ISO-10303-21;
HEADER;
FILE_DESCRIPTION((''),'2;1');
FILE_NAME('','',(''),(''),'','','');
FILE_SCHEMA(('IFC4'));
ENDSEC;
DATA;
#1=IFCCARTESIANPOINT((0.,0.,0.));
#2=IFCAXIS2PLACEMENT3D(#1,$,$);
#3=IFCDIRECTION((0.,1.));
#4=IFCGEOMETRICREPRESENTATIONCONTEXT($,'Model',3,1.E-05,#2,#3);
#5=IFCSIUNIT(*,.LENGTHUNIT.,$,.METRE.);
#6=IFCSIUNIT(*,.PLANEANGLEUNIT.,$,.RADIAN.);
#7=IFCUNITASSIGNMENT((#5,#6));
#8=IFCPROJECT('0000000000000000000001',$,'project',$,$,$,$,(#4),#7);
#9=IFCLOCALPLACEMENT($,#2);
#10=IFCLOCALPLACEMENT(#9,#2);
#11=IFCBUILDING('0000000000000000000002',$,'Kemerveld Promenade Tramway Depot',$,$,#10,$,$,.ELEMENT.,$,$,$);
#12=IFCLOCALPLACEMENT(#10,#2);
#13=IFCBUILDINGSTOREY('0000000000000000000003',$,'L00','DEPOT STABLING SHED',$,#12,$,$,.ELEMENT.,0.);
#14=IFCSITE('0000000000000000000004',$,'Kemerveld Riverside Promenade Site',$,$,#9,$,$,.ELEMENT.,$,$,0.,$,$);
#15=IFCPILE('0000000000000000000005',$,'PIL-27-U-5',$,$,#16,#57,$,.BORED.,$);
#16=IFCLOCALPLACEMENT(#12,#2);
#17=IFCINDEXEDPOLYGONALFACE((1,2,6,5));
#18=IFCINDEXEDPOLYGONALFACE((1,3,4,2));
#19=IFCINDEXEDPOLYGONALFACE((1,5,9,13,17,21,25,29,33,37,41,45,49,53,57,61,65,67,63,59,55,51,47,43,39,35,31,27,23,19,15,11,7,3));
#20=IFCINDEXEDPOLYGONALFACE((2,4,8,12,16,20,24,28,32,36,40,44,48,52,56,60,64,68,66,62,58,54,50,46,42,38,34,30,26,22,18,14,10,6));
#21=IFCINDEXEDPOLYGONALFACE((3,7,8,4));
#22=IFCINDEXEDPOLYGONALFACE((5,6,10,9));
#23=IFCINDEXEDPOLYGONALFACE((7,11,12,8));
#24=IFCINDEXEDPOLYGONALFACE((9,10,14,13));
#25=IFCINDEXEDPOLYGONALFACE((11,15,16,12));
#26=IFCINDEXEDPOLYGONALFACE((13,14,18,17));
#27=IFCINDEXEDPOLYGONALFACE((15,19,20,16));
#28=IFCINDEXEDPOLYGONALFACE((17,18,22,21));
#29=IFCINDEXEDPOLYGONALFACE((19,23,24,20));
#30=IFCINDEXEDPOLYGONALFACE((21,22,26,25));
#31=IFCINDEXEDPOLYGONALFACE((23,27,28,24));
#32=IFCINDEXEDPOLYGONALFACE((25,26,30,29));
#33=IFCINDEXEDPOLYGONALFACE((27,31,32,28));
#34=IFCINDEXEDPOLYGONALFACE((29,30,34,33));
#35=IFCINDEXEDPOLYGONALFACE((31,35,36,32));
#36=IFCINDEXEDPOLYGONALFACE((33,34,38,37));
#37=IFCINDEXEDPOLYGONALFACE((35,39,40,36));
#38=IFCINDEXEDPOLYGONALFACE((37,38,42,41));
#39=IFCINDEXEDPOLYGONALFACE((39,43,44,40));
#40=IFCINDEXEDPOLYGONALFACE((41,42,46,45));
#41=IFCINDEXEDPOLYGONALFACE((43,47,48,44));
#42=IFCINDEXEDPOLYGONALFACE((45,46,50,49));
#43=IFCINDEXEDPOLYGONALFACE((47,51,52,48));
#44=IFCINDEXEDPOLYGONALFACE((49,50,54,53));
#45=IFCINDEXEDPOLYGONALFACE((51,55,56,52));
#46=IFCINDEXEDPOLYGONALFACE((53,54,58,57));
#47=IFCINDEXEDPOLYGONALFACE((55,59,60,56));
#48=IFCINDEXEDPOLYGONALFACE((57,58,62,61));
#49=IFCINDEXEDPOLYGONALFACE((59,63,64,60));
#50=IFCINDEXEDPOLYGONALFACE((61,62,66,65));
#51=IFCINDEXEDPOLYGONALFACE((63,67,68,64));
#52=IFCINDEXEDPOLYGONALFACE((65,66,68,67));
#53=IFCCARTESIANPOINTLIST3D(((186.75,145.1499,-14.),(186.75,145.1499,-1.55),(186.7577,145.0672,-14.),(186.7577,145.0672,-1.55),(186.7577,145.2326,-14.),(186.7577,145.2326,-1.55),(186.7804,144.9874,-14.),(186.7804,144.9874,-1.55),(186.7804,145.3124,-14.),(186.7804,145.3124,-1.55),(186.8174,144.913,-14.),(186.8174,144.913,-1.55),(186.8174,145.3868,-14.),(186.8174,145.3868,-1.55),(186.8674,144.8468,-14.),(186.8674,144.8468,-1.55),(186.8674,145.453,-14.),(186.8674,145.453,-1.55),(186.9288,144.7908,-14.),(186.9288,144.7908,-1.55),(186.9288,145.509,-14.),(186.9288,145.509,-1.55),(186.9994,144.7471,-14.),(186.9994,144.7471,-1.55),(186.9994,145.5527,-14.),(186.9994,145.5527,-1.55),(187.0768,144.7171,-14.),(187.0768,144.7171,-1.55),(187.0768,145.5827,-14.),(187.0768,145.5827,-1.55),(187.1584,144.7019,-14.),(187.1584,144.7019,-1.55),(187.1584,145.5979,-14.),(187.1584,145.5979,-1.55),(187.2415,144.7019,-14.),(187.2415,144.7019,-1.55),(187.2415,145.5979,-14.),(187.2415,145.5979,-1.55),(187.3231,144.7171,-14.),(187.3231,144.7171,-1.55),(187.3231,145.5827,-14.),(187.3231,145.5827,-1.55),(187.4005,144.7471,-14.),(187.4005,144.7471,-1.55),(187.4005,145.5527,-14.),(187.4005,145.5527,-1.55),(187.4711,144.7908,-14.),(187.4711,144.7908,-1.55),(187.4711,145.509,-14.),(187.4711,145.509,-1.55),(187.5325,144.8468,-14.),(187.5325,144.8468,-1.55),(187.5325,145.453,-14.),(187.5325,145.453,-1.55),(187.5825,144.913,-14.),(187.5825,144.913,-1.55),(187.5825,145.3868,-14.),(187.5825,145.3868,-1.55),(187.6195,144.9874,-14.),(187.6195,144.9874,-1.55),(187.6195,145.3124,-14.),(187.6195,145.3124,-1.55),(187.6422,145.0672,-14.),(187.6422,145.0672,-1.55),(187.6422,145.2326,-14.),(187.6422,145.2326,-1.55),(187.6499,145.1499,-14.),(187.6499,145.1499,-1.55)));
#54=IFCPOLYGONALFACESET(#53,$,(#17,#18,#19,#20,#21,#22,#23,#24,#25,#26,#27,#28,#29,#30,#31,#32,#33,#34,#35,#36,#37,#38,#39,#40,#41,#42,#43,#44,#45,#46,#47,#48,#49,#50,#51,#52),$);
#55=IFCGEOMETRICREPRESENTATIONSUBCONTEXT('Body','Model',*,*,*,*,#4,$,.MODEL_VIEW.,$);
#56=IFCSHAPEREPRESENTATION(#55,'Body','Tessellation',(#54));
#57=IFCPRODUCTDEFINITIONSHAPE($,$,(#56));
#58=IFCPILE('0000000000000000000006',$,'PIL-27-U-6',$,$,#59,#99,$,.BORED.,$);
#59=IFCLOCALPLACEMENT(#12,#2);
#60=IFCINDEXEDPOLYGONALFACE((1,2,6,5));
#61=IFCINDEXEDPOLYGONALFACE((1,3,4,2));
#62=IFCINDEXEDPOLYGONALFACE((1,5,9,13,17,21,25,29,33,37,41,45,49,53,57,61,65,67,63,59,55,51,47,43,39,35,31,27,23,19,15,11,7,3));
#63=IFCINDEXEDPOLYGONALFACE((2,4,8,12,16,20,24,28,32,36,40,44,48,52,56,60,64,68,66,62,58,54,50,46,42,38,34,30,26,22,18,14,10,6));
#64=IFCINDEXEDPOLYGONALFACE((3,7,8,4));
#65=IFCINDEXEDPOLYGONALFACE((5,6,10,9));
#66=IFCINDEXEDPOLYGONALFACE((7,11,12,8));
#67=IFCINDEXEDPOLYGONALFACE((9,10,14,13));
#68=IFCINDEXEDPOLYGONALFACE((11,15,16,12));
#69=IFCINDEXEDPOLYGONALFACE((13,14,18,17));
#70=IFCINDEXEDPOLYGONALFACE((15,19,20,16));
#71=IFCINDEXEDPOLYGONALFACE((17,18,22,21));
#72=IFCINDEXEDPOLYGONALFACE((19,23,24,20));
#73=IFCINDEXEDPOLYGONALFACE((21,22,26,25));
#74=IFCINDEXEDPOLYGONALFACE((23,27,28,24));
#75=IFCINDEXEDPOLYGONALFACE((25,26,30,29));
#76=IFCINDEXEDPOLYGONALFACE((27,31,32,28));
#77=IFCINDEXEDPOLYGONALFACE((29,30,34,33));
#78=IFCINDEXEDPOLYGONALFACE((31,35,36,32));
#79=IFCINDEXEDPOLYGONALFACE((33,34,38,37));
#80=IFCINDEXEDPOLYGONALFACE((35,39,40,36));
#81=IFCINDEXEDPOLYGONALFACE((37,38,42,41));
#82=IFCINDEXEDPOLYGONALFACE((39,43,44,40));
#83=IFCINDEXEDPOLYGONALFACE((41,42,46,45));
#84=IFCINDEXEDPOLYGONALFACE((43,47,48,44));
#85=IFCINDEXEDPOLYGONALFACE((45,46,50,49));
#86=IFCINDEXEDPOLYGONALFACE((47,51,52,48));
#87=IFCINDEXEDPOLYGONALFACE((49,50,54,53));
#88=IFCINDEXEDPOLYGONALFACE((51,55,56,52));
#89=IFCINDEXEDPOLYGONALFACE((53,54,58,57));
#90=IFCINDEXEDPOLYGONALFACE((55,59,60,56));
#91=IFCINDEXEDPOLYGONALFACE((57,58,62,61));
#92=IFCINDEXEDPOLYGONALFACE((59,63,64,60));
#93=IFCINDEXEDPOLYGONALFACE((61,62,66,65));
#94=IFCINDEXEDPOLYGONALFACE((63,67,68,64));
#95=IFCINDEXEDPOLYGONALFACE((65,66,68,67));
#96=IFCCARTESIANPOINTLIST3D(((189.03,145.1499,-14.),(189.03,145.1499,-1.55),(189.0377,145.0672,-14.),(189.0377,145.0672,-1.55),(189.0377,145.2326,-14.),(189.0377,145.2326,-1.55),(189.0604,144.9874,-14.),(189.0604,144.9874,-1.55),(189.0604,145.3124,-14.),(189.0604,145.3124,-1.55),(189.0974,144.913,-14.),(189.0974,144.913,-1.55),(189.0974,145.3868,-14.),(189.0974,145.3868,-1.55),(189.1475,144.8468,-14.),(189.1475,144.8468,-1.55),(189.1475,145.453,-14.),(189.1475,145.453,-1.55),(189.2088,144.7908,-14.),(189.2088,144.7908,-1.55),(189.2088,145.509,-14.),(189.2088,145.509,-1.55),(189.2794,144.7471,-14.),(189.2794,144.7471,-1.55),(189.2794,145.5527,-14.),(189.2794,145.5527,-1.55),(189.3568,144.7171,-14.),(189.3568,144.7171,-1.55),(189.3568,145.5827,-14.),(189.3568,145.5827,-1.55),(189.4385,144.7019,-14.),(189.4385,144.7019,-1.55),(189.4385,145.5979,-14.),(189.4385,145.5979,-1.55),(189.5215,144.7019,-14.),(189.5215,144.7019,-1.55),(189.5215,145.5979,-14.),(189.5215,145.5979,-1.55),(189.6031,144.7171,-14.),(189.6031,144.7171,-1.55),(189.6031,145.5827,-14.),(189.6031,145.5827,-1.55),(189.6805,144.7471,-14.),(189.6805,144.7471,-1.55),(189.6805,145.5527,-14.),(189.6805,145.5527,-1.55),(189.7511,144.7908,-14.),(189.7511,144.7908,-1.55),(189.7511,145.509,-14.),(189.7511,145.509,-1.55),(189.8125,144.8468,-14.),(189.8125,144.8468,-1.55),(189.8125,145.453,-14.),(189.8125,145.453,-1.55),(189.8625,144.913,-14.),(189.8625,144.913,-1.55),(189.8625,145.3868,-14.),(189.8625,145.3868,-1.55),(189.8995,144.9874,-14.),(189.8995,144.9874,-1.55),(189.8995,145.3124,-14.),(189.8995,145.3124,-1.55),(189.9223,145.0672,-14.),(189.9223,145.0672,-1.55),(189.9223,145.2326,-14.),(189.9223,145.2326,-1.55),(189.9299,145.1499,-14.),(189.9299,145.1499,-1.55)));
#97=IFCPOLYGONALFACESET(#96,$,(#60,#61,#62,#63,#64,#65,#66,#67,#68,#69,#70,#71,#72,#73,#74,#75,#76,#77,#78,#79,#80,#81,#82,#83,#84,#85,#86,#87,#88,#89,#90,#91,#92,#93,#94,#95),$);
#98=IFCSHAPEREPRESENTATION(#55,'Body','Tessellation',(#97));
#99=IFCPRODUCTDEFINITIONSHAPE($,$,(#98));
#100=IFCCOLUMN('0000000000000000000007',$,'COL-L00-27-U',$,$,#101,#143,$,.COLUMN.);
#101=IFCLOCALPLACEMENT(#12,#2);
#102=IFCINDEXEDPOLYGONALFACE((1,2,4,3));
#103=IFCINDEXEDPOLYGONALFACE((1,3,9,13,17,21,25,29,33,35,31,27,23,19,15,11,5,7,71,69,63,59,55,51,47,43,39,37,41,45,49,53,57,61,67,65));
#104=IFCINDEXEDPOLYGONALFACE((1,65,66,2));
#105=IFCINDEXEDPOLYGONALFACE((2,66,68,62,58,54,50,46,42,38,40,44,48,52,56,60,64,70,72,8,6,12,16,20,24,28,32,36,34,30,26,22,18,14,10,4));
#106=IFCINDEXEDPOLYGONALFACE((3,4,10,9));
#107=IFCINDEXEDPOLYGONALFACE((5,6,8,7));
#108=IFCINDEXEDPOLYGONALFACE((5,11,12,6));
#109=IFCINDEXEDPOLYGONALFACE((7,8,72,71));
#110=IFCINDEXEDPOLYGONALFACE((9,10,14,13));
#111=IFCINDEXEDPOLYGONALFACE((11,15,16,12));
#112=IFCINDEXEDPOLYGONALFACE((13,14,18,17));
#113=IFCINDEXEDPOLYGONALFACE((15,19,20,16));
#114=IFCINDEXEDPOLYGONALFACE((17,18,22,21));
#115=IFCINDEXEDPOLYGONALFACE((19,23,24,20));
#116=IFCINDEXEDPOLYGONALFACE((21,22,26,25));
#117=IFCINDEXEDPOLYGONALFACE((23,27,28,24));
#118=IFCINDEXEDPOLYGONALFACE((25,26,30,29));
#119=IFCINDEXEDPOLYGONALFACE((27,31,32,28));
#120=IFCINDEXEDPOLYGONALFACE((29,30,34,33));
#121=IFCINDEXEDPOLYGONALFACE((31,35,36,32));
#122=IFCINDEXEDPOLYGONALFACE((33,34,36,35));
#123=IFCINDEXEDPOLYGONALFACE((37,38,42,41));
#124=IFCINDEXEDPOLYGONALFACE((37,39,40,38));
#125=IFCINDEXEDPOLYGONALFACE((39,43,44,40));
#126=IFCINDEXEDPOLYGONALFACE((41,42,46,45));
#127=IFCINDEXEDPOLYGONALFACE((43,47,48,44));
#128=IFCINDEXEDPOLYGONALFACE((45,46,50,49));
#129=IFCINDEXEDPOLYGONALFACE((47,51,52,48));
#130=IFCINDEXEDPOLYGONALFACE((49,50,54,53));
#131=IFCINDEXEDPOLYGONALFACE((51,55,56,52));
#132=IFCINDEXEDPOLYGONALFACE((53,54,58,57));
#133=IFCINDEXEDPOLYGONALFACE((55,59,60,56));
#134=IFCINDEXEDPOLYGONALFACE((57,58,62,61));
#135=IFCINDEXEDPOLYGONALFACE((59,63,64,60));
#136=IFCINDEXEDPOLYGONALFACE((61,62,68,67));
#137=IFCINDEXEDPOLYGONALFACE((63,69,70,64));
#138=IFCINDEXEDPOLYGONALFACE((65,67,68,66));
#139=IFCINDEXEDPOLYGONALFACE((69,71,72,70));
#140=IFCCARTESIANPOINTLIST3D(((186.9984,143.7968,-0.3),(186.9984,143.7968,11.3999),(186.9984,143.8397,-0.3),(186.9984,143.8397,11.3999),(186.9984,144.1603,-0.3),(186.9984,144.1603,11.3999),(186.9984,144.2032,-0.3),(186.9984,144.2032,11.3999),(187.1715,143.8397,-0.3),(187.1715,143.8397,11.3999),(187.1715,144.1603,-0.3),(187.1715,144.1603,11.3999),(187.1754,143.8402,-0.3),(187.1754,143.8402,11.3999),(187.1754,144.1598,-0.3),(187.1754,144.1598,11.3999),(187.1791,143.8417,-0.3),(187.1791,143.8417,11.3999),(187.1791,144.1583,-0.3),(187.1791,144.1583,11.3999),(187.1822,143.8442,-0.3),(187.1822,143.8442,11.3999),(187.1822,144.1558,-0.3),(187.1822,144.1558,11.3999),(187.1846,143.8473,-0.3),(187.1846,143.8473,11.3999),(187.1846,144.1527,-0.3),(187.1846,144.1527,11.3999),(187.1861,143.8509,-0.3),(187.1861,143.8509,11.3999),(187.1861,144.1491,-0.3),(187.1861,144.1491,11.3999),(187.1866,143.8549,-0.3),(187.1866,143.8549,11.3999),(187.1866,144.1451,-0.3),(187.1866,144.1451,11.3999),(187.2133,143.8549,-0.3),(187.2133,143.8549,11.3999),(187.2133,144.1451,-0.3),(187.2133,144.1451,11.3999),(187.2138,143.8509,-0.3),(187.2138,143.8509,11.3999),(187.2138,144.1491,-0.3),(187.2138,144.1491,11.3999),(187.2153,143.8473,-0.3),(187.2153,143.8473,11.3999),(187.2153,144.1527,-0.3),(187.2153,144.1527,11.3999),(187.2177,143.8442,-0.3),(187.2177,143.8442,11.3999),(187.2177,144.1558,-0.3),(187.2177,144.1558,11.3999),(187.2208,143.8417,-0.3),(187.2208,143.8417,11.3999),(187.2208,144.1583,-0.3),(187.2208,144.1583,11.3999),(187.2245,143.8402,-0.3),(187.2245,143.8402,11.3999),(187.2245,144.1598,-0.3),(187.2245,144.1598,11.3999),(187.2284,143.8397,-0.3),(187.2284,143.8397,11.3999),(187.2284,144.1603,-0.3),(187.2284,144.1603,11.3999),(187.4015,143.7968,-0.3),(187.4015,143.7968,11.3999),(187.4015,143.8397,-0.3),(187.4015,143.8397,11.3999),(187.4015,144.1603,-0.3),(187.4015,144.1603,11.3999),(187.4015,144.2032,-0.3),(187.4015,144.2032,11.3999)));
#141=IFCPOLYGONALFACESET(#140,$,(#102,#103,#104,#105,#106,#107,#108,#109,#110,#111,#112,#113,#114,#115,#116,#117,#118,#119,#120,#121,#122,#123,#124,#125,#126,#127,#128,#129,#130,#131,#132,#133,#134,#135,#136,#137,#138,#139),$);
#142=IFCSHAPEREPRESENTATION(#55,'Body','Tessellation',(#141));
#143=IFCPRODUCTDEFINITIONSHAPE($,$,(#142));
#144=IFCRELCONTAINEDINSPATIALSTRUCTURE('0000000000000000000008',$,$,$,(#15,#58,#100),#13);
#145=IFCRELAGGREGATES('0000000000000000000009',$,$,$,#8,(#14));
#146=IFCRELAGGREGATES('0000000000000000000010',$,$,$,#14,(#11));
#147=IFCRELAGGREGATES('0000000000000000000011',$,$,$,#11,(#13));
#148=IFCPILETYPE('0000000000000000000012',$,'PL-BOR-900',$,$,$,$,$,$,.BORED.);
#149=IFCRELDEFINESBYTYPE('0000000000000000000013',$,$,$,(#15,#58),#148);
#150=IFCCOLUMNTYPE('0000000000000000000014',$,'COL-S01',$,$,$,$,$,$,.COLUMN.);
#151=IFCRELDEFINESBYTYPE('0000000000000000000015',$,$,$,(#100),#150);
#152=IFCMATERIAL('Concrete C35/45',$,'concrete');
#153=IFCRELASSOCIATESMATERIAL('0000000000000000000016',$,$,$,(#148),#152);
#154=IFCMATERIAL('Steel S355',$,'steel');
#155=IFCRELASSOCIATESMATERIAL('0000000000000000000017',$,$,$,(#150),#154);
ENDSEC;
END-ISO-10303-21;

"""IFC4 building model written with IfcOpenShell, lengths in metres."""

from ifc_helpers import new_model, si_unit, direction, frame, origin, origin_2d, place, context, subcontext, project, spatial, circle, i_section, extrude, material, material_profile, profile_set, type_object, element, save


model = new_model("IFC4")

# Units and contexts
model_context = context("Model", 3, precision=1e-05, world=origin(), true_north=direction((0.0, 1.0)))
body_context = subcontext(model_context, "Body", "Model", "MODEL_VIEW")
ifc_project = project(units=[si_unit("LENGTHUNIT", "METRE"), si_unit("PLANEANGLEUNIT", "RADIAN")], contexts=[model_context])

# Site, building, storey
site_placement = place(None, origin())
site = spatial("IfcSite", under=ifc_project, at=site_placement, Name="Kemerveld Riverside Promenade Site", CompositionType="ELEMENT", RefElevation=0.0)
building_placement = place(site_placement, origin())
building = spatial("IfcBuilding", under=site, at=building_placement, Name="Kemerveld Promenade Tramway Depot", CompositionType="ELEMENT")
storey_placement = place(building_placement, origin())
storey = spatial("IfcBuildingStorey", under=building, at=storey_placement, Name="L00", Description="DEPOT STABLING SHED", CompositionType="ELEMENT", Elevation=0.0)

# Shared definitions
ifc_material_1 = material(Name="Concrete C35/45", Category="concrete")

# Piles
ifc_material_profile_1 = material_profile(ifc_material_1, circle(Radius=0.45, at=origin_2d()), Name="PILE-D900")
ifc_profile_set_1 = profile_set([ifc_material_profile_1], Name="Concrete C35/45")
pile_type = type_object("IfcPileType", Name="PL-BOR-900", PredefinedType="BORED", material=ifc_profile_set_1)
for number, where, z_axis, x_axis, name in (
    (1, (187.2, 145.1499, -1.55), (0.0, 0.0, -1.0), (1.0, 0.0, 0.0), "PIL-27-U-5"),
    (2, (189.48, 145.1499, -1.55), (0.0, 0.0, -1.0), (1.0, 0.0, 0.0), "PIL-27-U-6"),
):
    element("IfcPile", number, at=place(storey_placement, frame(where, z_axis=z_axis, x_axis=x_axis)), inside=storey, type_object=pile_type, Name=name, PredefinedType="BORED", context=body_context, shape_type="SweptSolid", body=[
        extrude(circle(Radius=0.45, at=origin_2d()), origin(), (0.0, 0.0, 1.0), 12.45),
    ])

# Column
ifc_material_2 = material(Name="Steel S355", Category="steel")
ifc_material_profile_2 = material_profile(ifc_material_2, i_section(OverallWidth=0.4031, OverallDepth=0.4065, WebThickness=0.0266, FlangeThickness=0.043, FilletRadius=0.0151, at=origin_2d()), Name="356x406x340 UC")
ifc_profile_set_2 = profile_set([ifc_material_profile_2], Name="Steel S355")
column_type = type_object("IfcColumnType", Name="COL-S01", PredefinedType="COLUMN", material=ifc_profile_set_2)
column_placement = place(storey_placement, frame((187.2, 144.0, -0.3), z_axis=(0.0, 0.0, 1.0), x_axis=(1.0, 0.0, 0.0)))
element("IfcColumn", 3, at=column_placement, inside=storey, type_object=column_type, Name="COL-L00-27-U", PredefinedType="COLUMN", context=body_context, shape_type="SweptSolid", body=[
    extrude(i_section(OverallWidth=0.4031, OverallDepth=0.4065, WebThickness=0.0266, FlangeThickness=0.043, FilletRadius=0.0151, at=origin_2d()), origin(), (0.0, 0.0, 1.0), 11.7),
])

save(model, "model.ifc")
